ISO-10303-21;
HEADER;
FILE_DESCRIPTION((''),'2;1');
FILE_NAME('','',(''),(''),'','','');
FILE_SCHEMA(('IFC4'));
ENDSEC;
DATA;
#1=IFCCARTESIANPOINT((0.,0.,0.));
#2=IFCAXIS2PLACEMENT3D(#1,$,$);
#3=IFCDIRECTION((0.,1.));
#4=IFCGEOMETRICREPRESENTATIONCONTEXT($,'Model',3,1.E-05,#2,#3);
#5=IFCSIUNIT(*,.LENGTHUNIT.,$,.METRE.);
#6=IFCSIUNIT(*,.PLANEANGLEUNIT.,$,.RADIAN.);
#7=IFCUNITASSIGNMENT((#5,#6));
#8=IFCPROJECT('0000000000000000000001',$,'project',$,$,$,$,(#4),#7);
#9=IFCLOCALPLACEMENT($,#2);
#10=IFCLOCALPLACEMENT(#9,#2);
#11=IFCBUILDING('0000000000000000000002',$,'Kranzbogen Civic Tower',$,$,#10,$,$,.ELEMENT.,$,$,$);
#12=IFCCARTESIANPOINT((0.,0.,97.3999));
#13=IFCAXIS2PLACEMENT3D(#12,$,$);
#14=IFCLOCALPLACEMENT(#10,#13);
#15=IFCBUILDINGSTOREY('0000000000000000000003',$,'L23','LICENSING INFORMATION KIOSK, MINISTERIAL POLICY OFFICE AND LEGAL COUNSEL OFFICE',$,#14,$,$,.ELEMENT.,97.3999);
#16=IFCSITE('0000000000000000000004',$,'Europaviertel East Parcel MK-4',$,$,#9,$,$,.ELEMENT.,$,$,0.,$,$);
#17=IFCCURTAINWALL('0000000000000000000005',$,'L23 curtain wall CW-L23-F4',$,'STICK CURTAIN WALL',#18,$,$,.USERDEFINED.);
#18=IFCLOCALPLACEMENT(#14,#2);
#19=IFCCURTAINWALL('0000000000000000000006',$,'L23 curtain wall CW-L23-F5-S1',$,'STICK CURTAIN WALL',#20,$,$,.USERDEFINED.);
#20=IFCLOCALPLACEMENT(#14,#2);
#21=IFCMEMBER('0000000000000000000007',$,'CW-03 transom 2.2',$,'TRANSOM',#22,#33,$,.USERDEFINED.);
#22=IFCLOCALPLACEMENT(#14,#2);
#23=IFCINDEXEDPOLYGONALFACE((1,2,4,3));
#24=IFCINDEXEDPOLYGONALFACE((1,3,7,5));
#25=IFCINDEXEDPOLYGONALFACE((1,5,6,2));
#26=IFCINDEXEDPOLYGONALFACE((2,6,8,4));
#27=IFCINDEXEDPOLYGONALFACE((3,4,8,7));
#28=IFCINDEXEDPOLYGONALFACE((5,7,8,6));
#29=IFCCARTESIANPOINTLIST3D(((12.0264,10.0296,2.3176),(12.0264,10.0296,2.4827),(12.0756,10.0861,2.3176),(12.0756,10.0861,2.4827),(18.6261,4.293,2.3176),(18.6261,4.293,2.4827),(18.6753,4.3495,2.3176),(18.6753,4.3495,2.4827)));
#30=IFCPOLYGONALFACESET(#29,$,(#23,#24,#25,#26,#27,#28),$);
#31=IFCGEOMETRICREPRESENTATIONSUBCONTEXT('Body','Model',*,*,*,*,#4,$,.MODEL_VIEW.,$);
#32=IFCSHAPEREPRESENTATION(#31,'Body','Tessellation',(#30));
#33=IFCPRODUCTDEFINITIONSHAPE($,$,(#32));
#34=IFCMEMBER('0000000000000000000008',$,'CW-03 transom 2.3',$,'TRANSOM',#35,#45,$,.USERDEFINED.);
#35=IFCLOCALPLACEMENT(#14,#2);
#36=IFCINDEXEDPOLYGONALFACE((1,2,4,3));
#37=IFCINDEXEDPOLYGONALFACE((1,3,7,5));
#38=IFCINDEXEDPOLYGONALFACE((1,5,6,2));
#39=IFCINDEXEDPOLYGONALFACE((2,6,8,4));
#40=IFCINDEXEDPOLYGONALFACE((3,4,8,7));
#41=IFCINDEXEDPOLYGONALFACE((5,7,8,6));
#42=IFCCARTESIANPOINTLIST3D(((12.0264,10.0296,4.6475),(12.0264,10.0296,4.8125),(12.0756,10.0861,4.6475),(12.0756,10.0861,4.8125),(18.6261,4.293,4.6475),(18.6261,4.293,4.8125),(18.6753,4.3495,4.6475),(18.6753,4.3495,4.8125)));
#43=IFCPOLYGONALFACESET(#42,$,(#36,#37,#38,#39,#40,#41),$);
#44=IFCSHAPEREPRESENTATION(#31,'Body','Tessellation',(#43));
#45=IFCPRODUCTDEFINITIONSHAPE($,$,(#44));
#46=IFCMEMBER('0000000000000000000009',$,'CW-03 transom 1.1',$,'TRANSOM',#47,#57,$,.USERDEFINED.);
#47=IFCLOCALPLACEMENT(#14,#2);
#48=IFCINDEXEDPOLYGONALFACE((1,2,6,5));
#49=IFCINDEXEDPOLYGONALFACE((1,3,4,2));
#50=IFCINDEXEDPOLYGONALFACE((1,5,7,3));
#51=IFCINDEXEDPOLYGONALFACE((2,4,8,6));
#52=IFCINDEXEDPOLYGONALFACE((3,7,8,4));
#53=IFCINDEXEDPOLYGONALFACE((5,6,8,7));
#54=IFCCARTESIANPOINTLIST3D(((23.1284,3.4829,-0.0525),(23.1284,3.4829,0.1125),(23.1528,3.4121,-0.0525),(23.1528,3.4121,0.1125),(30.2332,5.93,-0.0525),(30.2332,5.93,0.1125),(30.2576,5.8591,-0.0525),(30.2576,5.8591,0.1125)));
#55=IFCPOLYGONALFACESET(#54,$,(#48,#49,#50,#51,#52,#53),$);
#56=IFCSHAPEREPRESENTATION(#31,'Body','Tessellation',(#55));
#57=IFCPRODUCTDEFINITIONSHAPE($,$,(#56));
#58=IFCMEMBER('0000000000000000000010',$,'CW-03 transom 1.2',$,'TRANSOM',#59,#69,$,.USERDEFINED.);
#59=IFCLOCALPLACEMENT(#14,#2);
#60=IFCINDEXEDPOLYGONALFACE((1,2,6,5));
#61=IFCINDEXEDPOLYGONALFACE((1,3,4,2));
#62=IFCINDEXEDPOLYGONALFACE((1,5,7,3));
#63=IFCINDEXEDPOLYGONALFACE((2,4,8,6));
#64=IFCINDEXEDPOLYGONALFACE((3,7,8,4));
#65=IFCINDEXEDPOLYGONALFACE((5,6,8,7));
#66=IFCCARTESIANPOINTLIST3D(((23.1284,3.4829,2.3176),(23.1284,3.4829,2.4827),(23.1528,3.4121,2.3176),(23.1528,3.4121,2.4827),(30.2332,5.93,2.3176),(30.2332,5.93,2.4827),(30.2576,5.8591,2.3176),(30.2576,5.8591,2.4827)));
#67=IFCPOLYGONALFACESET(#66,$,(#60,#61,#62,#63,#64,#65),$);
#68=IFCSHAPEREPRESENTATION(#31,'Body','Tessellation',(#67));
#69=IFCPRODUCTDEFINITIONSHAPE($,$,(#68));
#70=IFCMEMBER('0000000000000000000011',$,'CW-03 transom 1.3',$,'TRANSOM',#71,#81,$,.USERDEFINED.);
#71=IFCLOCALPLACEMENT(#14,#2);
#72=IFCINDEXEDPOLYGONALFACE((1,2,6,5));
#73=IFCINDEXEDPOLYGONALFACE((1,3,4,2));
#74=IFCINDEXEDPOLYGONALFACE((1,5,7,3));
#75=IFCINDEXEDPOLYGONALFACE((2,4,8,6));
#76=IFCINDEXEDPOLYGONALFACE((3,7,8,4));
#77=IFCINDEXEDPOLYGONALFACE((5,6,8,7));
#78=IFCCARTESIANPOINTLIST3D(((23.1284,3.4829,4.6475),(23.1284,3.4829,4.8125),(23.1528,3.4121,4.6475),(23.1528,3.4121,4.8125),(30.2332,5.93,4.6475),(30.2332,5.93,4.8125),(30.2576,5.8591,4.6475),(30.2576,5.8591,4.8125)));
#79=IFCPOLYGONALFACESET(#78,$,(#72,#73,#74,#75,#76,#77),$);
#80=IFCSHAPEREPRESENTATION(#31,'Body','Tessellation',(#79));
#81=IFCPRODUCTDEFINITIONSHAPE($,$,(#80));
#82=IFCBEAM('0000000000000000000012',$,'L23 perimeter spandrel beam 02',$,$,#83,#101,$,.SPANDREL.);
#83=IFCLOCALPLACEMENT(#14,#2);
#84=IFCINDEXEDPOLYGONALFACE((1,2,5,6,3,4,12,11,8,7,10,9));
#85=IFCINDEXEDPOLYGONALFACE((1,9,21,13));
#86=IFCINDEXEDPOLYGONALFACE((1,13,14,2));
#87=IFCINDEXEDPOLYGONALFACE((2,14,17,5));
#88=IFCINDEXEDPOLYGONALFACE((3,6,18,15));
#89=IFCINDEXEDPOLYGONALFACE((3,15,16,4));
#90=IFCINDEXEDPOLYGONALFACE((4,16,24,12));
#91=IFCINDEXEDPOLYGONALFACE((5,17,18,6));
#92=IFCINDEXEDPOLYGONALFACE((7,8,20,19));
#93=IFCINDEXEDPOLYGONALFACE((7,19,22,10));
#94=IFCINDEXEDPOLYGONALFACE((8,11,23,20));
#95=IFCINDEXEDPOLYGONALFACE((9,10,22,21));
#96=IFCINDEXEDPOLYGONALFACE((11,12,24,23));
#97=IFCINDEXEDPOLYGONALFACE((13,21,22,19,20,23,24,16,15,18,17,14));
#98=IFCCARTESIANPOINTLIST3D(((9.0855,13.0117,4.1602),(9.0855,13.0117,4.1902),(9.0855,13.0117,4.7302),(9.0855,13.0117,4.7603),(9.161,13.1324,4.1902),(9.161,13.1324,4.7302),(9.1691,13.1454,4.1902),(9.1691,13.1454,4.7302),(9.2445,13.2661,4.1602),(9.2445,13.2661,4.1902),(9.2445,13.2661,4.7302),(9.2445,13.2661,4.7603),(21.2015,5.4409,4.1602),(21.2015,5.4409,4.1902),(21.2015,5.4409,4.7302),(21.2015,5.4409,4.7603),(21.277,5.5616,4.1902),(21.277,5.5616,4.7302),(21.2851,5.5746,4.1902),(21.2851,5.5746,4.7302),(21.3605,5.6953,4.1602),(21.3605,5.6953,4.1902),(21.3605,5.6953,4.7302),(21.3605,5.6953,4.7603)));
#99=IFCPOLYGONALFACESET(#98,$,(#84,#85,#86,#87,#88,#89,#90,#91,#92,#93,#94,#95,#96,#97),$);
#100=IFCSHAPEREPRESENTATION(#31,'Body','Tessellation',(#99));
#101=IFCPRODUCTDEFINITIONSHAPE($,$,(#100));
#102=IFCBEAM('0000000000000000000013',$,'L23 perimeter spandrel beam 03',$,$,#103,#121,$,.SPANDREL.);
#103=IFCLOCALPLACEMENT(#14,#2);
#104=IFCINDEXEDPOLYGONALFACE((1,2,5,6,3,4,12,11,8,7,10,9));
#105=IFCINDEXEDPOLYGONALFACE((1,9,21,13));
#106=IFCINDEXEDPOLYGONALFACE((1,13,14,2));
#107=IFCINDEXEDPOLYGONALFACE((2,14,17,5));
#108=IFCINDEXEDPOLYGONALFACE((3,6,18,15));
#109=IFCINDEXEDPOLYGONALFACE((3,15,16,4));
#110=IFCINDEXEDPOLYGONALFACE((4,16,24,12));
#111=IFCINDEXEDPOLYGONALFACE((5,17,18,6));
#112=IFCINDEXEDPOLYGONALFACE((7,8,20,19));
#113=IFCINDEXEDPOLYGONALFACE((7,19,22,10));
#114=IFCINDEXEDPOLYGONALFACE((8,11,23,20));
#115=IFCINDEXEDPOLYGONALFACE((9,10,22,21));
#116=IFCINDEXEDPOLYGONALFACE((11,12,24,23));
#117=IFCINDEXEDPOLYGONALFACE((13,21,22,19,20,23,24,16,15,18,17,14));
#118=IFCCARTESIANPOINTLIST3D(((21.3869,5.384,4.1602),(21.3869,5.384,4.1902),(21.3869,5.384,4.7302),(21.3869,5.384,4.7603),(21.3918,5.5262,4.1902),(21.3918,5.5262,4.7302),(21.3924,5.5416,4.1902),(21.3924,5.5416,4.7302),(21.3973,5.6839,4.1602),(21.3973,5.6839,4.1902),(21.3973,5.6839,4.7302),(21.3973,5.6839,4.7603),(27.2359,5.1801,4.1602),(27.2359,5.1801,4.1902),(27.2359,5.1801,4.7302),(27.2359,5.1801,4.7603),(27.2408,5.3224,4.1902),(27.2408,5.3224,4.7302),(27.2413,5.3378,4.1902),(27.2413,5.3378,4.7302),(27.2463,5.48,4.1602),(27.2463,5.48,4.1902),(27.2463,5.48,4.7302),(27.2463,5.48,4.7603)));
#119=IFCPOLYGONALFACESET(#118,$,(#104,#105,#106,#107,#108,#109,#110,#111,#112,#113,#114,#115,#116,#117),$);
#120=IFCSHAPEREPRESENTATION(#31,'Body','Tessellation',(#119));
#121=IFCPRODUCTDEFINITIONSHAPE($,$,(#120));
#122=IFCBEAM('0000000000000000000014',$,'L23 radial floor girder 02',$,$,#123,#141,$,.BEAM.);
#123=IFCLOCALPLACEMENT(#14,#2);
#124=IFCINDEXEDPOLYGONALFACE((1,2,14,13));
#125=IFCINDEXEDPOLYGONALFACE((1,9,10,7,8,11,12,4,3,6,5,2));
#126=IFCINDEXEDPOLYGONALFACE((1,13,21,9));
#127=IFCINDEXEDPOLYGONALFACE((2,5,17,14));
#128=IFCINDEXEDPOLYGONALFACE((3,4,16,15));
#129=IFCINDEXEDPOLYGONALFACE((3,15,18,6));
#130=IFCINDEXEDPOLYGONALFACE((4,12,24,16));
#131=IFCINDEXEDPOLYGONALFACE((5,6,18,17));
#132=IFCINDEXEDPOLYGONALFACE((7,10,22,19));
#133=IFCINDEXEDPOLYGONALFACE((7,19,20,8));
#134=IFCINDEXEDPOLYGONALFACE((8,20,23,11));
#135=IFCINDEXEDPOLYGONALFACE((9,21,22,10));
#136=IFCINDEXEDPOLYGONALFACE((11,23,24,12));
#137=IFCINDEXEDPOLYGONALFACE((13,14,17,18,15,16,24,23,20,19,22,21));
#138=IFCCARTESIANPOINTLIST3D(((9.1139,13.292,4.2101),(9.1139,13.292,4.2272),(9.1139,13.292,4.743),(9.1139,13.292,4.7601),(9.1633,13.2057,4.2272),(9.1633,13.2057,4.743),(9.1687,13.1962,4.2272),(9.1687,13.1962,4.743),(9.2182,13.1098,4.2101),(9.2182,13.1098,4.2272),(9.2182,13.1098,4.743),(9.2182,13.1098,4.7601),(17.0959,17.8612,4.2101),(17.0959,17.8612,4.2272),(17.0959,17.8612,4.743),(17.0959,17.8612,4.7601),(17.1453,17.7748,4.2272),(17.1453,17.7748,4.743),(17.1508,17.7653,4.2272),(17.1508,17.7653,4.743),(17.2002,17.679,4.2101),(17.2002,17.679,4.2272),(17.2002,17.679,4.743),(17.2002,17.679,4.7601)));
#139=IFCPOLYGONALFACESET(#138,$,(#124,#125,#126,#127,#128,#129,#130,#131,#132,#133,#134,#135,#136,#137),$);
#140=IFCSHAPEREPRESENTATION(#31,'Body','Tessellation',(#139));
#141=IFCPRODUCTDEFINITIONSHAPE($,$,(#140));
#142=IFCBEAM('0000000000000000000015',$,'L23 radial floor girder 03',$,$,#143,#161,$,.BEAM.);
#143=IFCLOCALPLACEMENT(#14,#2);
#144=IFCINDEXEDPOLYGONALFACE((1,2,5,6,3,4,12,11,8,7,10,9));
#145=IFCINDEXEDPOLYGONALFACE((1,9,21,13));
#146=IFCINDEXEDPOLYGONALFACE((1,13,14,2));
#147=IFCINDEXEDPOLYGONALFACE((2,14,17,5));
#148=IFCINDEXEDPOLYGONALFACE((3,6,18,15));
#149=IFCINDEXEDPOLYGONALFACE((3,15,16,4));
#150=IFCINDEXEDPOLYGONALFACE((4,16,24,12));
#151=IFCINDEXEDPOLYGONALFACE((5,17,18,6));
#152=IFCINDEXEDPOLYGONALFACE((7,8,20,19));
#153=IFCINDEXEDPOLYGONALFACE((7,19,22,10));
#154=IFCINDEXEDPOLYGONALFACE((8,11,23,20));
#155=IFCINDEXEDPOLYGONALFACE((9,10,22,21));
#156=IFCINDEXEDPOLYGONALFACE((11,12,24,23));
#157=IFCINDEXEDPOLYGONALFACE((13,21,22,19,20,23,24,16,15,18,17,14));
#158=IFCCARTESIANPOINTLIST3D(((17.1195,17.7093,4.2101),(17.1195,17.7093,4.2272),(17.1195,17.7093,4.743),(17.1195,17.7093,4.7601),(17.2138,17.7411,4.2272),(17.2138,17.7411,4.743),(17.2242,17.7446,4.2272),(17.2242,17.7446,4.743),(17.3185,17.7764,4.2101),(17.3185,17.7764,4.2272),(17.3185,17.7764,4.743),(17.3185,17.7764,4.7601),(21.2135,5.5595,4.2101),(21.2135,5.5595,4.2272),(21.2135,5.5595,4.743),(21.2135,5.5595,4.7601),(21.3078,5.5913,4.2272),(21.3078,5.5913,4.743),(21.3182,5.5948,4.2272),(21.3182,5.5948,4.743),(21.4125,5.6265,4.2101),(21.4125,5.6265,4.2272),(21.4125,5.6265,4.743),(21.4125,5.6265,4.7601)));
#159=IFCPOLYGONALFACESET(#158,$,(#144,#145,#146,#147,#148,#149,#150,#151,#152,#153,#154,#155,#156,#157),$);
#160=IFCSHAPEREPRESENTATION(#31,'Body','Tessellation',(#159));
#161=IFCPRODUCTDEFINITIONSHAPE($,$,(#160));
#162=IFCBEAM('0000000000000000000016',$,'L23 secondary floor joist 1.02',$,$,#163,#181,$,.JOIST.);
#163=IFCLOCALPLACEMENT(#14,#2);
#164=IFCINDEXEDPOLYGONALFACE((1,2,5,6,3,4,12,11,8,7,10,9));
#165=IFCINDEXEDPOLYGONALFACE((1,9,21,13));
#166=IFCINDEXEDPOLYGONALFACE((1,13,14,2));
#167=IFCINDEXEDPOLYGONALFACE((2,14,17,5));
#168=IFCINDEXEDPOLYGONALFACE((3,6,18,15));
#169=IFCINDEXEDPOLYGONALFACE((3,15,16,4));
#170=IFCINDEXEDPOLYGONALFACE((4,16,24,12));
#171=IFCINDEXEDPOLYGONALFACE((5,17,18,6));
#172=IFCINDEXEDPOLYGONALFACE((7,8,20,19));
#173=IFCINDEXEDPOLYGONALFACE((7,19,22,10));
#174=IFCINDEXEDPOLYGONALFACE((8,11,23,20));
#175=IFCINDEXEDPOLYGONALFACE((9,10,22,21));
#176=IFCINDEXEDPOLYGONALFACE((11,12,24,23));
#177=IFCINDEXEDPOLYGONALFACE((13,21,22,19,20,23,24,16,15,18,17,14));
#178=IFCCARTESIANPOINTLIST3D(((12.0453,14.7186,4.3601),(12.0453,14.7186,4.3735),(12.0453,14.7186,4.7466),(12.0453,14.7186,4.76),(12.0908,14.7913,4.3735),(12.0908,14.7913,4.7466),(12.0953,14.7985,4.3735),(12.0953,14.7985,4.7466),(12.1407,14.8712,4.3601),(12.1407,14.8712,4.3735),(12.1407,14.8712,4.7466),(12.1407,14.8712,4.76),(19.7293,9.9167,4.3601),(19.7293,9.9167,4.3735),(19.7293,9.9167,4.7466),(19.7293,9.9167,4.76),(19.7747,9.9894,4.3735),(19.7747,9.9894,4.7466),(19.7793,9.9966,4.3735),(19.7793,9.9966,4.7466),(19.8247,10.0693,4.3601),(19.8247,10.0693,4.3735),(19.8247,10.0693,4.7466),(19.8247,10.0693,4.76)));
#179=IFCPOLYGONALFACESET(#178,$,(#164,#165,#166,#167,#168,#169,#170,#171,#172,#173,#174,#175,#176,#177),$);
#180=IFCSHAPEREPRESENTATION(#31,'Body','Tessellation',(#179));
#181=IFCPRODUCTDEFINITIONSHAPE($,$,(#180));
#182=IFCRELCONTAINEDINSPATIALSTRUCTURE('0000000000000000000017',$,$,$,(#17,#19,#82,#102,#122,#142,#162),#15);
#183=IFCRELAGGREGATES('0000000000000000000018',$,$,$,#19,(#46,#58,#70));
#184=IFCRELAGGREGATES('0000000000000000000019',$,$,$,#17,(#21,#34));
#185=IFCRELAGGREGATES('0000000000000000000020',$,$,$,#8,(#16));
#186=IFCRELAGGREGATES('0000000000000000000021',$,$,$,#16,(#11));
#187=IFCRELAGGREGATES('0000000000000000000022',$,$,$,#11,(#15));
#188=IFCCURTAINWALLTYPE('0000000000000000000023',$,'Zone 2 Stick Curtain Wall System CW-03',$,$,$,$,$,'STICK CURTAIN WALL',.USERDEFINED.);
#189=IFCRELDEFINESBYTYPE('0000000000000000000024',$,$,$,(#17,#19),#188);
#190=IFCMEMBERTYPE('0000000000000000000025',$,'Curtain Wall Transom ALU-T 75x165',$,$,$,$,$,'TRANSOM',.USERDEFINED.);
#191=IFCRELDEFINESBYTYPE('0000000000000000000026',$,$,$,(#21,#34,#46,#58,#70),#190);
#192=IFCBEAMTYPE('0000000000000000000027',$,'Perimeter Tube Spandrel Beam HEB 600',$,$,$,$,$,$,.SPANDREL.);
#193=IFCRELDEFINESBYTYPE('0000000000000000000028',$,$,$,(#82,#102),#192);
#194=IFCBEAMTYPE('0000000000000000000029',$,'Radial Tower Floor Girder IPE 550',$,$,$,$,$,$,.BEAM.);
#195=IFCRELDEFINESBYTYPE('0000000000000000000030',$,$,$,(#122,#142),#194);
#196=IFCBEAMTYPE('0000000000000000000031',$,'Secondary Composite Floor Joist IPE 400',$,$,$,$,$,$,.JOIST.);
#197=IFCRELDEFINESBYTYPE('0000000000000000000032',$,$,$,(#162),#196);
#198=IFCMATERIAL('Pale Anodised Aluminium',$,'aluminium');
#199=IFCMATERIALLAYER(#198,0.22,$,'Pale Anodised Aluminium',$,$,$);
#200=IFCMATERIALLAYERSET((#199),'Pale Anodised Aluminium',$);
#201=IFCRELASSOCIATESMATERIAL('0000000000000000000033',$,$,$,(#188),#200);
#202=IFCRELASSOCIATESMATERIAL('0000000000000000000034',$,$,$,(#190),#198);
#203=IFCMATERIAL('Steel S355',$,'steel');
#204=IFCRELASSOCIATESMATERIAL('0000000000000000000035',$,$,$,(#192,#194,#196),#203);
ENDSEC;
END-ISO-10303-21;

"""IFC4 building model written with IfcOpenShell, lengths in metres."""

from ifc_helpers import new_model, si_unit, direction, frame, origin, origin_2d, place, context, subcontext, project, spatial, rectangle, i_section, extrude, material, layer, layer_set, material_profile, profile_set, type_object, element, aggregate, save


model = new_model("IFC4")

# Units and contexts
model_context = context("Model", 3, precision=1e-05, world=origin(), true_north=direction((0.0, 1.0)))
body_context = subcontext(model_context, "Body", "Model", "MODEL_VIEW")
ifc_project = project(units=[si_unit("LENGTHUNIT", "METRE"), si_unit("PLANEANGLEUNIT", "RADIAN")], contexts=[model_context])

# Site, building, storey
site_placement = place(None, origin())
site = spatial("IfcSite", under=ifc_project, at=site_placement, Name="Europaviertel East Parcel MK-4", CompositionType="ELEMENT", RefElevation=0.0)
building_placement = place(site_placement, origin())
building = spatial("IfcBuilding", under=site, at=building_placement, Name="Kranzbogen Civic Tower", CompositionType="ELEMENT")
storey_placement = place(building_placement, frame((0.0, 0.0, 97.3999)))
storey = spatial("IfcBuildingStorey", under=building, at=storey_placement, Name="L23", Description="LICENSING INFORMATION KIOSK, MINISTERIAL POLICY OFFICE AND LEGAL COUNSEL OFFICE", CompositionType="ELEMENT", Elevation=97.3999)

# Curtain wall
ifc_material_1 = material(Name="Pale Anodised Aluminium", Category="aluminium")
ifc_layer_1 = layer(ifc_material_1, 0.22, Name="Pale Anodised Aluminium")
ifc_layer_set_1 = layer_set([ifc_layer_1], Name="Pale Anodised Aluminium")
curtain_wall_type_1 = type_object("IfcCurtainWallType", Name="Zone 2 Stick Curtain Wall System CW-03", ElementType="STICK CURTAIN WALL", PredefinedType="USERDEFINED", material=ifc_layer_set_1)
curtain_wall_1_placement = place(storey_placement, origin())
curtain_wall_1 = element("IfcCurtainWall", 1, at=curtain_wall_1_placement, inside=storey, type_object=curtain_wall_type_1, Name="L23 curtain wall CW-L23-F4", ObjectType="STICK CURTAIN WALL", PredefinedType="USERDEFINED")

# Curtain wall
curtain_wall_2_placement = place(storey_placement, origin())
curtain_wall_2 = element("IfcCurtainWall", 2, at=curtain_wall_2_placement, inside=storey, type_object=curtain_wall_type_1, Name="L23 curtain wall CW-L23-F5-S1", ObjectType="STICK CURTAIN WALL", PredefinedType="USERDEFINED")

# Members
ifc_material_profile_1 = material_profile(ifc_material_1, rectangle(XDim=0.075, YDim=0.165, at=origin_2d()), Name="ALU-T 75x165")
ifc_profile_set_1 = profile_set([ifc_material_profile_1], Name="Pale Anodised Aluminium")
member_type_1 = type_object("IfcMemberType", Name="Curtain Wall Transom ALU-T 75x165", ElementType="TRANSOM", PredefinedType="USERDEFINED", material=ifc_profile_set_1)
member_1_placement = place(storey_placement, frame((12.051, 10.0579, 2.4001), z_axis=(0.754731, -0.656034, 0.0), x_axis=(0.656034, 0.754731, 0.0)))
member_1 = element("IfcMember", 3, at=member_1_placement, type_object=member_type_1, Name="CW-03 transom 2.2", ObjectType="TRANSOM", PredefinedType="USERDEFINED", context=body_context, shape_type="SweptSolid", body=[
    extrude(rectangle(XDim=0.075, YDim=0.165, at=origin_2d()), origin(), (0.0, 0.0, 1.0), 8.7444),
])
member_2_placement = place(storey_placement, frame((12.051, 10.0579, 4.73), z_axis=(0.754731, -0.656034, 0.0), x_axis=(0.656034, 0.754731, 0.0)))
member_2 = element("IfcMember", 4, at=member_2_placement, type_object=member_type_1, Name="CW-03 transom 2.3", ObjectType="TRANSOM", PredefinedType="USERDEFINED", context=body_context, shape_type="SweptSolid", body=[
    extrude(rectangle(XDim=0.075, YDim=0.165, at=origin_2d()), origin(), (0.0, 0.0, 1.0), 8.7444),
])
member_3_placement = place(storey_placement, frame((23.1406, 3.4475, 0.03), z_axis=(0.945491, 0.325647, 0.0), x_axis=(-0.325647, 0.945491, 0.0)))
member_3 = element("IfcMember", 5, at=member_3_placement, type_object=member_type_1, Name="CW-03 transom 1.1", ObjectType="TRANSOM", PredefinedType="USERDEFINED", context=body_context, shape_type="SweptSolid", body=[
    extrude(rectangle(XDim=0.075, YDim=0.165, at=origin_2d()), origin(), (0.0, 0.0, 1.0), 7.5144),
])
member_4_placement = place(storey_placement, frame((23.1406, 3.4475, 2.4001), z_axis=(0.945491, 0.325647, 0.0), x_axis=(-0.325647, 0.945491, 0.0)))
member_4 = element("IfcMember", 6, at=member_4_placement, type_object=member_type_1, Name="CW-03 transom 1.2", ObjectType="TRANSOM", PredefinedType="USERDEFINED", context=body_context, shape_type="SweptSolid", body=[
    extrude(rectangle(XDim=0.075, YDim=0.165, at=origin_2d()), origin(), (0.0, 0.0, 1.0), 7.5144),
])
member_5_placement = place(storey_placement, frame((23.1406, 3.4475, 4.73), z_axis=(0.945491, 0.325647, 0.0), x_axis=(-0.325647, 0.945491, 0.0)))
member_5 = element("IfcMember", 7, at=member_5_placement, type_object=member_type_1, Name="CW-03 transom 1.3", ObjectType="TRANSOM", PredefinedType="USERDEFINED", context=body_context, shape_type="SweptSolid", body=[
    extrude(rectangle(XDim=0.075, YDim=0.165, at=origin_2d()), origin(), (0.0, 0.0, 1.0), 7.5144),
])
aggregate(curtain_wall_2, [member_3, member_4, member_5])

# Beams
ifc_material_2 = material(Name="Steel S355", Category="steel")
ifc_material_profile_2 = material_profile(ifc_material_2, i_section(OverallWidth=0.3, OverallDepth=0.6001, WebThickness=0.0154, FlangeThickness=0.03, at=origin_2d()), Name="HEB 600")
ifc_profile_set_2 = profile_set([ifc_material_profile_2], Name="Steel S355")
beam_type_1 = type_object("IfcBeamType", Name="Perimeter Tube Spandrel Beam HEB 600", PredefinedType="SPANDREL", material=ifc_profile_set_2)
beam_1_placement = place(storey_placement, frame((9.165, 13.1389, 4.4602), z_axis=(0.848051, -0.529914, 0.0), x_axis=(0.529914, 0.848051, 0.0)))
element("IfcBeam", 8, at=beam_1_placement, inside=storey, type_object=beam_type_1, Name="L23 perimeter spandrel beam 02", PredefinedType="SPANDREL", context=body_context, shape_type="SweptSolid", body=[
    extrude(i_section(OverallWidth=0.3, OverallDepth=0.6001, WebThickness=0.0154, FlangeThickness=0.03, at=origin_2d()), origin(), (0.0, 0.0, 1.0), 14.2869),
])
beam_2_placement = place(storey_placement, frame((21.3921, 5.5339, 4.4602), z_axis=(0.999393, -0.034833, 0.0), x_axis=(0.034833, 0.999393, 0.0)))
element("IfcBeam", 9, at=beam_2_placement, inside=storey, type_object=beam_type_1, Name="L23 perimeter spandrel beam 03", PredefinedType="SPANDREL", context=body_context, shape_type="SweptSolid", body=[
    extrude(i_section(OverallWidth=0.3, OverallDepth=0.6001, WebThickness=0.0154, FlangeThickness=0.03, at=origin_2d()), origin(), (0.0, 0.0, 1.0), 5.8525),
])
ifc_material_profile_3 = material_profile(ifc_material_2, i_section(OverallWidth=0.21, OverallDepth=0.55, WebThickness=0.011, FlangeThickness=0.0171, at=origin_2d()), Name="IPE 550")
ifc_profile_set_3 = profile_set([ifc_material_profile_3], Name="Steel S355")
beam_type_2 = type_object("IfcBeamType", Name="Radial Tower Floor Girder IPE 550", PredefinedType="BEAM", material=ifc_profile_set_3)
beam_3_placement = place(storey_placement, frame((9.166, 13.2009, 4.4851), z_axis=(0.867869, 0.496793, 0.0), x_axis=(-0.496793, 0.867869, 0.0)))
element("IfcBeam", 10, at=beam_3_placement, inside=storey, type_object=beam_type_2, Name="L23 radial floor girder 02", PredefinedType="BEAM", context=body_context, shape_type="SweptSolid", body=[
    extrude(i_section(OverallWidth=0.21, OverallDepth=0.55, WebThickness=0.011, FlangeThickness=0.0171, at=origin_2d()), origin(), (0.0, 0.0, 1.0), 9.1973),
])
beam_4_placement = place(storey_placement, frame((21.313, 5.593, 4.4851), z_axis=(-0.319317, 0.947648, 0.0), x_axis=(-0.947648, -0.319317, 0.0)))
element("IfcBeam", 11, at=beam_4_placement, inside=storey, type_object=beam_type_2, Name="L23 radial floor girder 03", PredefinedType="BEAM", context=body_context, shape_type="SweptSolid", body=[
    extrude(i_section(OverallWidth=0.21, OverallDepth=0.55, WebThickness=0.011, FlangeThickness=0.0171, at=origin_2d()), origin(), (0.0, 0.0, 1.0), 12.821),
])
ifc_material_profile_4 = material_profile(ifc_material_2, i_section(OverallWidth=0.1799, OverallDepth=0.3999, WebThickness=0.0085, FlangeThickness=0.0134, at=origin_2d()), Name="IPE 400")
ifc_profile_set_4 = profile_set([ifc_material_profile_4], Name="Steel S355")
beam_type_3 = type_object("IfcBeamType", Name="Secondary Composite Floor Joist IPE 400", PredefinedType="JOIST", material=ifc_profile_set_4)
beam_5_placement = place(storey_placement, frame((12.093, 14.7949, 4.5601), z_axis=(0.848026, -0.529955, 0.0), x_axis=(0.529955, 0.848026, 0.0)))
element("IfcBeam", 12, at=beam_5_placement, inside=storey, type_object=beam_type_3, Name="L23 secondary floor joist 1.02", PredefinedType="JOIST", context=body_context, shape_type="SweptSolid", body=[
    extrude(i_section(OverallWidth=0.1799, OverallDepth=0.3999, WebThickness=0.0085, FlangeThickness=0.0134, at=origin_2d()), origin(), (0.0, 0.0, 1.0), 9.061),
])

aggregate(curtain_wall_1, [member_1, member_2])

save(model, "model.ifc")
